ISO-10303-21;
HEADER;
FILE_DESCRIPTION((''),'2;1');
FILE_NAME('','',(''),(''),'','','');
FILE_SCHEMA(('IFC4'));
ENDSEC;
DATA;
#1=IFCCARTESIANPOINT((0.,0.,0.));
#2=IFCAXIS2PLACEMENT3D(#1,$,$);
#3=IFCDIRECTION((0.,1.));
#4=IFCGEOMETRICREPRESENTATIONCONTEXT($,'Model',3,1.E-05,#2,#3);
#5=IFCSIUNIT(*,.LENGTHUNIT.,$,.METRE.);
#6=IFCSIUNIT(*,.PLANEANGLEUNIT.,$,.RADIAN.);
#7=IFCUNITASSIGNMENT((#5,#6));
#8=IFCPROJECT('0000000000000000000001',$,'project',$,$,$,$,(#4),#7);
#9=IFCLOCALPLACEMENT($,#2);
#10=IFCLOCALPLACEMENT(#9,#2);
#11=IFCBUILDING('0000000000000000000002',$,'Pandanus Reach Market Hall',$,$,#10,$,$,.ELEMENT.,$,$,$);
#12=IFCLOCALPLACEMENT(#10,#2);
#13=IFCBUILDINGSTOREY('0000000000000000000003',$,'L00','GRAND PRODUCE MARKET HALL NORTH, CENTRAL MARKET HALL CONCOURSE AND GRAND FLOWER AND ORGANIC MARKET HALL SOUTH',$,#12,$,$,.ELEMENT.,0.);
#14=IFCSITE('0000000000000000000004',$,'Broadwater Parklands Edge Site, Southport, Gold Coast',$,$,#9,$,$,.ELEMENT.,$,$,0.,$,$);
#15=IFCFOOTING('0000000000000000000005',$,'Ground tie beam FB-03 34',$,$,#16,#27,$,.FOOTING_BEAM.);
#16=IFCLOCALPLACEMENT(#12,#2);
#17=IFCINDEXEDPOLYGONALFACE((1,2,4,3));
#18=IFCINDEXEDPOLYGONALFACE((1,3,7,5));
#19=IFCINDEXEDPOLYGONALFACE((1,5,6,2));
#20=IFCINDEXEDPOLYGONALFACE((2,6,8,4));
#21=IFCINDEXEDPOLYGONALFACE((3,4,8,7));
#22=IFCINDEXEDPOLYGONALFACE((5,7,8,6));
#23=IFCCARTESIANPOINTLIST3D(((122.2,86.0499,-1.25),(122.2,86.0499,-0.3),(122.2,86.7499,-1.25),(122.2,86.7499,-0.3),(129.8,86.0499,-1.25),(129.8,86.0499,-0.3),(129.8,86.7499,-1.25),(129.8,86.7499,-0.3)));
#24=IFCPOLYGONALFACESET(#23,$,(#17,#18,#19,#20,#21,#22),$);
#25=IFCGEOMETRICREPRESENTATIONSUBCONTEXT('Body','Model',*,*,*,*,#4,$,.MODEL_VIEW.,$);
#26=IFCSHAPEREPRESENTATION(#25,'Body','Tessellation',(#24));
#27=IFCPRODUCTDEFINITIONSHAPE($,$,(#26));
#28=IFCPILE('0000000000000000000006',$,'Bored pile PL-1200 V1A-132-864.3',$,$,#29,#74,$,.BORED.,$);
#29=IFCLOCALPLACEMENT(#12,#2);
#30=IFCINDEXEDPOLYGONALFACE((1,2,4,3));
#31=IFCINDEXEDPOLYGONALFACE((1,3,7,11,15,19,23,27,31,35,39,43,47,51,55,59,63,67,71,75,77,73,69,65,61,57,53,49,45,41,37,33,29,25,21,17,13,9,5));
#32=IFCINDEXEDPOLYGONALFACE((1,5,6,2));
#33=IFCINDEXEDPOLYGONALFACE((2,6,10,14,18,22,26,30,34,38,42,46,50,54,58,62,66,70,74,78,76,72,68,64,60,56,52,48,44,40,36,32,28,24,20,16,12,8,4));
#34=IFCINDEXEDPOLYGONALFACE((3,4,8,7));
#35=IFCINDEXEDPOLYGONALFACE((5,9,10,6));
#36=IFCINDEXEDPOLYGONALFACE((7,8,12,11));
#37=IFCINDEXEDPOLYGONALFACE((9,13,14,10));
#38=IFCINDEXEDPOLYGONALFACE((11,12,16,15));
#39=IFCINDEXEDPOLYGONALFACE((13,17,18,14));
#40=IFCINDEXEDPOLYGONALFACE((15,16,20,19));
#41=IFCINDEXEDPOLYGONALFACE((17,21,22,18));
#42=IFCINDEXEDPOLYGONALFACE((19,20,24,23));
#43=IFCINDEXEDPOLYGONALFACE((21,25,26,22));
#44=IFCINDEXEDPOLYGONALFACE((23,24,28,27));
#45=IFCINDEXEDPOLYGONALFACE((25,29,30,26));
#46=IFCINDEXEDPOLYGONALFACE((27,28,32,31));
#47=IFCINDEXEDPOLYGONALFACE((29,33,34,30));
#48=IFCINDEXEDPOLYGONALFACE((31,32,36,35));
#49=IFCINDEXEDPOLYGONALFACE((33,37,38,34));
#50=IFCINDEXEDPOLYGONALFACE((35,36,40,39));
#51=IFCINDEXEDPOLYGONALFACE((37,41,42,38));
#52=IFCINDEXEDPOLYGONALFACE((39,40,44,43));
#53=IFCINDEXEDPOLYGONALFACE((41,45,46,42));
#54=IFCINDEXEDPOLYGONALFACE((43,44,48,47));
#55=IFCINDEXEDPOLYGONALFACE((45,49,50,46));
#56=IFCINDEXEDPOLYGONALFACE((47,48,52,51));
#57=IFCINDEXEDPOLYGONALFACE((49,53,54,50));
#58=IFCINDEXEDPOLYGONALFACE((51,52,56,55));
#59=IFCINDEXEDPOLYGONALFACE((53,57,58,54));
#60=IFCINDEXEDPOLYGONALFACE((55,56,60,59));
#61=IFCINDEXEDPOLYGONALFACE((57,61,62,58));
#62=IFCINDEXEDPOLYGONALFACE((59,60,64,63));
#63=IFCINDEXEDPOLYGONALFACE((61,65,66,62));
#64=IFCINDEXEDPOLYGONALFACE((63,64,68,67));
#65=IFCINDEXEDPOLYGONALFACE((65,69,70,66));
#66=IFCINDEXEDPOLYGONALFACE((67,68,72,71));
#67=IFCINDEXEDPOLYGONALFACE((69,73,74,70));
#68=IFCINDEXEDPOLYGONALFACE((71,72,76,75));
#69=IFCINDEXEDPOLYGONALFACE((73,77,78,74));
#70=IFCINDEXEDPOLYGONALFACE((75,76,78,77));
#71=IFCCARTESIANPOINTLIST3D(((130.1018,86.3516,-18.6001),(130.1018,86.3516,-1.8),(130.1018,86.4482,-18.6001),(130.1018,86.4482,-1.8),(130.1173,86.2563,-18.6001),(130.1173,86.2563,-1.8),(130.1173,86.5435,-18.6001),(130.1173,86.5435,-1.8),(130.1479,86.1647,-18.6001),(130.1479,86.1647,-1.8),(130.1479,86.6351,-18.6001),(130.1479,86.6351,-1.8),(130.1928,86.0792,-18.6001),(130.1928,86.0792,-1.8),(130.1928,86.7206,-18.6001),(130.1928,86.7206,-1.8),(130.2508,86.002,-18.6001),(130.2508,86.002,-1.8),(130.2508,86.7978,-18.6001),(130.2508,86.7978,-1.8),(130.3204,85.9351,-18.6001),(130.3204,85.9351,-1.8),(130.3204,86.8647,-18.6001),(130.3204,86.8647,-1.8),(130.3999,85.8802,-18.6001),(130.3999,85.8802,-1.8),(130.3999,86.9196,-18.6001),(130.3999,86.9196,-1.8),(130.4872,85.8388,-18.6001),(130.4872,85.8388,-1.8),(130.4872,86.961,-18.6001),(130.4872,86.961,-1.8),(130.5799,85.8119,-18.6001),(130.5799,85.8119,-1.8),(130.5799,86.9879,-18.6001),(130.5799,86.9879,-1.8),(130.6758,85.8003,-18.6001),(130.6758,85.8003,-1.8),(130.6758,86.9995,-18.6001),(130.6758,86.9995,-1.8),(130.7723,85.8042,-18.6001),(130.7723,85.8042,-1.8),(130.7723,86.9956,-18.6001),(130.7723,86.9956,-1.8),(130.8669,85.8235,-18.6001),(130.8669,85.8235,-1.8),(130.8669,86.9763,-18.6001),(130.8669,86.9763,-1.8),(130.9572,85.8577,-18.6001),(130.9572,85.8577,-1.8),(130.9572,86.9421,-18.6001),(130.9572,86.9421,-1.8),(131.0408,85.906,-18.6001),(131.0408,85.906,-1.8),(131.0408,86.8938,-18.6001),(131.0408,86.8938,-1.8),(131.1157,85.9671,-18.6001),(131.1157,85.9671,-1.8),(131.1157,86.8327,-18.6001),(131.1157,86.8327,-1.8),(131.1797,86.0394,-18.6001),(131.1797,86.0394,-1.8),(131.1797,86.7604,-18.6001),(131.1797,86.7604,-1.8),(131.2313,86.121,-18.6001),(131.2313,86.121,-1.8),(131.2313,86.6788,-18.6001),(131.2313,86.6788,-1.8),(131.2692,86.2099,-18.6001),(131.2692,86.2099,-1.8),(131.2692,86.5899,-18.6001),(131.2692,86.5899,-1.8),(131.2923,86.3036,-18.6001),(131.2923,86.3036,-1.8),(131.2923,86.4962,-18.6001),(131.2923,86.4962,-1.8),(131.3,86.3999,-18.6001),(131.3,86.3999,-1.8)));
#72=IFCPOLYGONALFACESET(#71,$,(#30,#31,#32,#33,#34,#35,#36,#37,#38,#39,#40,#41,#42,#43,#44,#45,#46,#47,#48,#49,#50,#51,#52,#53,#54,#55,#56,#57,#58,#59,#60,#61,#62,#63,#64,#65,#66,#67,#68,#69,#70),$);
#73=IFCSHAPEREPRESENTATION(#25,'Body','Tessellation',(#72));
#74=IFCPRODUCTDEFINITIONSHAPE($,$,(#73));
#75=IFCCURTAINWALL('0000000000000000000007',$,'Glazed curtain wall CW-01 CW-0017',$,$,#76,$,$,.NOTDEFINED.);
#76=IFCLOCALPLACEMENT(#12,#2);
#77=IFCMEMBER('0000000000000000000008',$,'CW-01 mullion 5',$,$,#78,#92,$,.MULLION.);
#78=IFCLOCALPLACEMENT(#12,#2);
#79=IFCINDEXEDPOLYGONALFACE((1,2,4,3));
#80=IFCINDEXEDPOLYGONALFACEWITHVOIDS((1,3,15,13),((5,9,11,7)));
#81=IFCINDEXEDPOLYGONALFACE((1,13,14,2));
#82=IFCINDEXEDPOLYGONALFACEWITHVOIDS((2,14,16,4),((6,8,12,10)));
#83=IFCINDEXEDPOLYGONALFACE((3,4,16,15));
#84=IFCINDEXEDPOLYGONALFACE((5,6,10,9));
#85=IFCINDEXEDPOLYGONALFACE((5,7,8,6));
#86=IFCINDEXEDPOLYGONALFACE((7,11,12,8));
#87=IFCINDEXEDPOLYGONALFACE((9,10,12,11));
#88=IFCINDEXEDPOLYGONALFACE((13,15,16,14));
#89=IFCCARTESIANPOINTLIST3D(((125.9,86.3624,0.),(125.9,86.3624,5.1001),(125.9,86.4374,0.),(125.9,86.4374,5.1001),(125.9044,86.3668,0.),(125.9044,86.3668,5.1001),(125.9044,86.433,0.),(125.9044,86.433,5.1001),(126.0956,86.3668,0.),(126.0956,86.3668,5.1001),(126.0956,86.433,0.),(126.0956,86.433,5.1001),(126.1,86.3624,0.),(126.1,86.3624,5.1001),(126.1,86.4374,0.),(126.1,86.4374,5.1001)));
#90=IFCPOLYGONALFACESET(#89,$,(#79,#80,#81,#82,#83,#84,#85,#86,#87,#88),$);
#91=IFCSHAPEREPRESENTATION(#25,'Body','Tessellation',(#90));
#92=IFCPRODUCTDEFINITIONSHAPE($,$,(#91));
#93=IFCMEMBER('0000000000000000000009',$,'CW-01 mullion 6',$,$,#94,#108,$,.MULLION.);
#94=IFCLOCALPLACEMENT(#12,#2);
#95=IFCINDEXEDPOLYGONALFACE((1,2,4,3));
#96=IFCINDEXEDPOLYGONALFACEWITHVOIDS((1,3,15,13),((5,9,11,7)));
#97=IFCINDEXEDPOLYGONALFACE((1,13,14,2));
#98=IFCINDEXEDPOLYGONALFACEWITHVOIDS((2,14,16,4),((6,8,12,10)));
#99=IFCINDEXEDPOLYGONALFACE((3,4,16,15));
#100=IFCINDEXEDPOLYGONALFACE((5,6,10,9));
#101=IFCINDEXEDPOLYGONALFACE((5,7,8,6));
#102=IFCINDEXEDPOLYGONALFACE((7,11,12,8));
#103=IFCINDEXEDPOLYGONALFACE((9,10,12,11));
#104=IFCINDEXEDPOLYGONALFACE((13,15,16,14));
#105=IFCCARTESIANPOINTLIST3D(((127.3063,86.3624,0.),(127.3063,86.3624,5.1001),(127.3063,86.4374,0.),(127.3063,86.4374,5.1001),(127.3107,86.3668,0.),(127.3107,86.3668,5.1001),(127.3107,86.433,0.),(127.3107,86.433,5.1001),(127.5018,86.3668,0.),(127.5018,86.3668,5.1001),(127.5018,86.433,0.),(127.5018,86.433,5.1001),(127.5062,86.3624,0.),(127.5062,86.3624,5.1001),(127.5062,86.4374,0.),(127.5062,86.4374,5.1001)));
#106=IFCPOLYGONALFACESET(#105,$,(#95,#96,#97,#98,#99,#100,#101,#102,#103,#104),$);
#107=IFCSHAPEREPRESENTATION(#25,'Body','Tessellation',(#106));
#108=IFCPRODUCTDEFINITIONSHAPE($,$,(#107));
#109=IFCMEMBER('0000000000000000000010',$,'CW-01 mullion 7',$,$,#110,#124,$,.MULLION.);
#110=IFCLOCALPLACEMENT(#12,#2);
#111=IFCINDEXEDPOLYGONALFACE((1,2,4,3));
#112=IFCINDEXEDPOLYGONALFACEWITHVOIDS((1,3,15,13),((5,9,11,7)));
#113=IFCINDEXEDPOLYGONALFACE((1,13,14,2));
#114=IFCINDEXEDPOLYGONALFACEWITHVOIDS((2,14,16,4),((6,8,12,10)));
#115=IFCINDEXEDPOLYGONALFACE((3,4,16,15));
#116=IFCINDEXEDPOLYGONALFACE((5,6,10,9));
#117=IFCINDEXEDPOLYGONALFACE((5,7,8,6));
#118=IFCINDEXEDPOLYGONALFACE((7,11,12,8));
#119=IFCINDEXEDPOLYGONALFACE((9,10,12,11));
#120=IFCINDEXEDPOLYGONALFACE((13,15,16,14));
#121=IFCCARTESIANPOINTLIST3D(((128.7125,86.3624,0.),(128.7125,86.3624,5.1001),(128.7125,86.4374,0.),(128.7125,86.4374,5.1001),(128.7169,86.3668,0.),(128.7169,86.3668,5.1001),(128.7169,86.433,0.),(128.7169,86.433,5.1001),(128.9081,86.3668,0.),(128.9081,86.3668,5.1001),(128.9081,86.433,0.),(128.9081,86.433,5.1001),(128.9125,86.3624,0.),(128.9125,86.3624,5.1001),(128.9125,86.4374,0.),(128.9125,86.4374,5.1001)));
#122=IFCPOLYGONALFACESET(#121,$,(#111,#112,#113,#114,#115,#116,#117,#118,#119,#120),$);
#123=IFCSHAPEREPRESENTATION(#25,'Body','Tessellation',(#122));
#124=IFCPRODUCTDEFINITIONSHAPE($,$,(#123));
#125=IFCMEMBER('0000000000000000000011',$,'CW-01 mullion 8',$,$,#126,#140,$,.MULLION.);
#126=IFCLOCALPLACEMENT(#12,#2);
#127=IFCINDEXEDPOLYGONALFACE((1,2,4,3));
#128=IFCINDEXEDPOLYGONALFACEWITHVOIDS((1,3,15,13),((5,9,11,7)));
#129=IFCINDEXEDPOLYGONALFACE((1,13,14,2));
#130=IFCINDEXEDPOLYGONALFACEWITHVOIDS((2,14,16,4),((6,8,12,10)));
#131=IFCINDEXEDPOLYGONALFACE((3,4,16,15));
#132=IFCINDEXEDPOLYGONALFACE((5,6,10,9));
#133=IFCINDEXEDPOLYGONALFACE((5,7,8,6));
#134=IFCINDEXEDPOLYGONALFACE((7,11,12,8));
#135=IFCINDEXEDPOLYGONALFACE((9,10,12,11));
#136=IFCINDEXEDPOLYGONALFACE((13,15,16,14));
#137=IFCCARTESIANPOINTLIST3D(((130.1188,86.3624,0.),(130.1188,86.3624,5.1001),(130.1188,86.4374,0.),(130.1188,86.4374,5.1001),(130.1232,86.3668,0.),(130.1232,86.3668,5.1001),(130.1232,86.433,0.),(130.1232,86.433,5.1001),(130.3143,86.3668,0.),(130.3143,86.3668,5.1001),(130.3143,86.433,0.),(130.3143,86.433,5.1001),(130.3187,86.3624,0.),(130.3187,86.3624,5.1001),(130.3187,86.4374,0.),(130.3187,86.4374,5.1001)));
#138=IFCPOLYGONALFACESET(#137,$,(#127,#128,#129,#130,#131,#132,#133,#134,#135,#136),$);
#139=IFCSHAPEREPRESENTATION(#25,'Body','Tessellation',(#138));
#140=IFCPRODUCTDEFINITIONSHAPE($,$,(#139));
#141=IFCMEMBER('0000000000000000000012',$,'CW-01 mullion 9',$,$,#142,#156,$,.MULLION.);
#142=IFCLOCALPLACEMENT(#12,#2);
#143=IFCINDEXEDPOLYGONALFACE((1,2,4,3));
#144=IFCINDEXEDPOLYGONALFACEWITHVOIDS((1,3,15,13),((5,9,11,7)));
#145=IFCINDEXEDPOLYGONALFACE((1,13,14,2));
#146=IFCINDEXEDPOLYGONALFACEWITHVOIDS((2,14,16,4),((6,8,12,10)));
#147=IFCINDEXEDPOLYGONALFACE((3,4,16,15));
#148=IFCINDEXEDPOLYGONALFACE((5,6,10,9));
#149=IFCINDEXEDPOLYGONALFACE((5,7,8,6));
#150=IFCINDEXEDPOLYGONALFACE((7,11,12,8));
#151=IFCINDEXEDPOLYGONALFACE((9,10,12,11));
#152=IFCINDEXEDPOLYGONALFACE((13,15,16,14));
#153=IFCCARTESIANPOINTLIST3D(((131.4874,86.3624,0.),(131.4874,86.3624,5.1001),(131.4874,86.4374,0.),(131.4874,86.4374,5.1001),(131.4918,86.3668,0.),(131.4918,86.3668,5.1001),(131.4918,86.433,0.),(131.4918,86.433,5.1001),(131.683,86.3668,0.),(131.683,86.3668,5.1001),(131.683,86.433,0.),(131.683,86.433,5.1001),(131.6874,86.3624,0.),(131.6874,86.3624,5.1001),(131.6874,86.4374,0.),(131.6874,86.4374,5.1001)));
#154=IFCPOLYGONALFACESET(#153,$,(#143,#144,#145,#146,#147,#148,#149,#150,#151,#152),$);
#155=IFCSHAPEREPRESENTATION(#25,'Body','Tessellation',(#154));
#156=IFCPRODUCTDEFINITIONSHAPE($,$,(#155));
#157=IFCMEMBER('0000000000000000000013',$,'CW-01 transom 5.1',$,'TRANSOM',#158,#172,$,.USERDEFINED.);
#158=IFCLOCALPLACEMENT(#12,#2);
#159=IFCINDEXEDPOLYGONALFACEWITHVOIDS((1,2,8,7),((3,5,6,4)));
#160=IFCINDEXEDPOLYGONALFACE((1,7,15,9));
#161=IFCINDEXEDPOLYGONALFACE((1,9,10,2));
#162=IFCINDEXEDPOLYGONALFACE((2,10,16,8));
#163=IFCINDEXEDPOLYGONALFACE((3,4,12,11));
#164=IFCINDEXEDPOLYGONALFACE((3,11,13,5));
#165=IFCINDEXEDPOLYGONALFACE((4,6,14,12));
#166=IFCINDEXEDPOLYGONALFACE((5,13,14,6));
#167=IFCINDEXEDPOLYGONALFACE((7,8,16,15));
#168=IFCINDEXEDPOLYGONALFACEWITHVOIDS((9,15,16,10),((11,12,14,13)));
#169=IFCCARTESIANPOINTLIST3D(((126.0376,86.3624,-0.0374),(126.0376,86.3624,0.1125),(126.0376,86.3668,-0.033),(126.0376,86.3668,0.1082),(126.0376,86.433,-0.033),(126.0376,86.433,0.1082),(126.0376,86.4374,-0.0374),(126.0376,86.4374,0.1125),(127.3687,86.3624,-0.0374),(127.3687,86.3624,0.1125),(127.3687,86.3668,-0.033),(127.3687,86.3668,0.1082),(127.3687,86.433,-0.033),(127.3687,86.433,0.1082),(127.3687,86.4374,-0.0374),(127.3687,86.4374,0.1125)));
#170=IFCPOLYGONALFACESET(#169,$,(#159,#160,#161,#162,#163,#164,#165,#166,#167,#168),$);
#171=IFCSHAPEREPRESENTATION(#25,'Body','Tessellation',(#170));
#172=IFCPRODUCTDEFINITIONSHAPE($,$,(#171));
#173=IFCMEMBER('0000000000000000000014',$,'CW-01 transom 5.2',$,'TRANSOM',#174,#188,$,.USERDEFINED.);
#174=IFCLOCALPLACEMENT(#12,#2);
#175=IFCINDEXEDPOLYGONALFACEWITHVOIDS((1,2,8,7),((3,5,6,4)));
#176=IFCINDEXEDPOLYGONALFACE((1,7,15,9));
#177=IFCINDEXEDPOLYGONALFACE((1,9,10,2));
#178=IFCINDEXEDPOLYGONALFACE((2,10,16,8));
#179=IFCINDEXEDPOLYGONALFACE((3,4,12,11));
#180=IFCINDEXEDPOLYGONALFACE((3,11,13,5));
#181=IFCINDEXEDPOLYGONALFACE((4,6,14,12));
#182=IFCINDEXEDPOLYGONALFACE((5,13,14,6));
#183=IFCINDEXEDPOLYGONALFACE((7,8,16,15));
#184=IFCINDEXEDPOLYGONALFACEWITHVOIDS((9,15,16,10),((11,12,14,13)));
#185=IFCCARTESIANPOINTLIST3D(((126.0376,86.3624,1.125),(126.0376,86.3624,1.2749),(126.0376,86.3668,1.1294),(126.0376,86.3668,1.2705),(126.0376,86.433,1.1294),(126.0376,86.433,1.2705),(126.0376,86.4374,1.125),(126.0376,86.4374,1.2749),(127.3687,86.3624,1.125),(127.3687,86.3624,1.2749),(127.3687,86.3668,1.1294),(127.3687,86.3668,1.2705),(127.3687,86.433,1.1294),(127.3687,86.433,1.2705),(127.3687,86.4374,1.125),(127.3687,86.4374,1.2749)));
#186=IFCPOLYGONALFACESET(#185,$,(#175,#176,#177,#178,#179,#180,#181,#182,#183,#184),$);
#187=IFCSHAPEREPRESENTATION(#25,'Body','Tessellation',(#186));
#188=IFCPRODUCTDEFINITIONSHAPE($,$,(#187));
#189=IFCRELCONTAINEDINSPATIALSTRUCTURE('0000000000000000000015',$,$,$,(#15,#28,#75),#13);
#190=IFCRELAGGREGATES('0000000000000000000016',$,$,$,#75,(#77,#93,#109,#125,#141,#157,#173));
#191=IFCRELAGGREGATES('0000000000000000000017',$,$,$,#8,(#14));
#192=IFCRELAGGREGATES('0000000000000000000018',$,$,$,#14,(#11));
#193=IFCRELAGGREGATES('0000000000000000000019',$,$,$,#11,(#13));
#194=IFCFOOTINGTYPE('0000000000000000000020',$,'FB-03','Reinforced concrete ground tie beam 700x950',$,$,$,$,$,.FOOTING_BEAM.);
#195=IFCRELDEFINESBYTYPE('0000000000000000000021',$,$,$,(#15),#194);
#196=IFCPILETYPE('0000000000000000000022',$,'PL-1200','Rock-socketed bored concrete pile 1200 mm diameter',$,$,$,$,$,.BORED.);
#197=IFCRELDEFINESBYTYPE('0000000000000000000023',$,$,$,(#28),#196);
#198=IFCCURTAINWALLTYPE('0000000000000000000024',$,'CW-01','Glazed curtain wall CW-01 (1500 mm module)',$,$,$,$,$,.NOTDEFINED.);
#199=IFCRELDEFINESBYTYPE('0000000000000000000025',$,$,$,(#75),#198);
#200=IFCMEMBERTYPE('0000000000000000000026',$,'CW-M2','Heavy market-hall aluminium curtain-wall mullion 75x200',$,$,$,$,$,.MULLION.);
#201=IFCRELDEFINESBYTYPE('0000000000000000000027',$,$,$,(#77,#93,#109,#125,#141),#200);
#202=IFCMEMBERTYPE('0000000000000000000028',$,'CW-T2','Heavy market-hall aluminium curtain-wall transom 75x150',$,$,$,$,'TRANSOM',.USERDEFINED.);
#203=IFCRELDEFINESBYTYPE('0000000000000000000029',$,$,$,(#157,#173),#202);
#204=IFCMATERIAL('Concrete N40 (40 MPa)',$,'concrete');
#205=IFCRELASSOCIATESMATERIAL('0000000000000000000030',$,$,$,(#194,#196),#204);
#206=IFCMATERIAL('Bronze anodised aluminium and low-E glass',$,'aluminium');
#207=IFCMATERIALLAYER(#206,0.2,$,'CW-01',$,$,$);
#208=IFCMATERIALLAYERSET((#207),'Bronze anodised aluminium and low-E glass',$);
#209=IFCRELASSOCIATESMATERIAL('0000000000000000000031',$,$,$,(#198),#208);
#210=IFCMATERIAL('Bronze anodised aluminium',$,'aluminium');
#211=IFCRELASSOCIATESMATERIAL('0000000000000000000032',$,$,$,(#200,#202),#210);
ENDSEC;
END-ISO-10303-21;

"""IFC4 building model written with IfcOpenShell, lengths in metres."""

from ifc_helpers import new_model, si_unit, direction, frame, origin, origin_2d, place, context, subcontext, project, spatial, rectangle, hollow_rectangle, circle, extrude, material, layer, layer_set, material_profile, profile_set, type_object, element, aggregate, save


model = new_model("IFC4")

# Units and contexts
model_context = context("Model", 3, precision=1e-05, world=origin(), true_north=direction((0.0, 1.0)))
body_context = subcontext(model_context, "Body", "Model", "MODEL_VIEW")
ifc_project = project(units=[si_unit("LENGTHUNIT", "METRE"), si_unit("PLANEANGLEUNIT", "RADIAN")], contexts=[model_context])

# Site, building, storey
site_placement = place(None, origin())
site = spatial("IfcSite", under=ifc_project, at=site_placement, Name="Broadwater Parklands Edge Site, Southport, Gold Coast", CompositionType="ELEMENT", RefElevation=0.0)
building_placement = place(site_placement, origin())
building = spatial("IfcBuilding", under=site, at=building_placement, Name="Pandanus Reach Market Hall", CompositionType="ELEMENT")
storey_placement = place(building_placement, origin())
storey = spatial("IfcBuildingStorey", under=building, at=storey_placement, Name="L00", Description="GRAND PRODUCE MARKET HALL NORTH, CENTRAL MARKET HALL CONCOURSE AND GRAND FLOWER AND ORGANIC MARKET HALL SOUTH", CompositionType="ELEMENT", Elevation=0.0)

# Footing
ifc_material_1 = material(Name="Concrete N40 (40 MPa)", Category="concrete")
footing_type = type_object("IfcFootingType", Name="FB-03", Description="Reinforced concrete ground tie beam 700x950", PredefinedType="FOOTING_BEAM", material=ifc_material_1)
footing_placement = place(storey_placement, frame((126.0, 86.3999, -1.25), z_axis=(0.0, 0.0, 1.0), x_axis=(1.0, 0.0, 0.0)))
element("IfcFooting", 1, at=footing_placement, inside=storey, type_object=footing_type, Name="Ground tie beam FB-03 34", PredefinedType="FOOTING_BEAM", context=body_context, shape_type="SweptSolid", body=[
    extrude(rectangle(XDim=7.6001, YDim=0.7, at=origin_2d()), origin(), (0.0, 0.0, 1.0), 0.95),
])

# Pile
ifc_material_profile_1 = material_profile(ifc_material_1, circle(Radius=0.6001, at=origin_2d()), Name="PILE-1200D", Category="LoadBearing")
ifc_profile_set_1 = profile_set([ifc_material_profile_1], Name="Concrete N40 (40 MPa)")
pile_type = type_object("IfcPileType", Name="PL-1200", Description="Rock-socketed bored concrete pile 1200 mm diameter", PredefinedType="BORED", material=ifc_profile_set_1)
pile_placement = place(storey_placement, frame((130.7, 86.3999, -1.8), z_axis=(0.0, 0.0, -1.0), x_axis=(1.0, 0.0, 0.0)))
element("IfcPile", 2, at=pile_placement, inside=storey, type_object=pile_type, Name="Bored pile PL-1200 V1A-132-864.3", PredefinedType="BORED", context=body_context, shape_type="SweptSolid", body=[
    extrude(circle(Radius=0.6001, at=origin_2d()), origin(), (0.0, 0.0, 1.0), 16.8),
])

# Curtain wall, members
ifc_material_2 = material(Name="Bronze anodised aluminium and low-E glass", Category="aluminium")
ifc_layer_1 = layer(ifc_material_2, 0.2, Name="CW-01")
ifc_layer_set_1 = layer_set([ifc_layer_1], Name="Bronze anodised aluminium and low-E glass")
curtain_wall_type = type_object("IfcCurtainWallType", Name="CW-01", Description="Glazed curtain wall CW-01 (1500 mm module)", PredefinedType="NOTDEFINED", material=ifc_layer_set_1)
curtain_wall_placement = place(storey_placement, origin())
curtain_wall = element("IfcCurtainWall", 3, at=curtain_wall_placement, inside=storey, type_object=curtain_wall_type, Name="Glazed curtain wall CW-01 CW-0017", PredefinedType="NOTDEFINED")
ifc_material_3 = material(Name="Bronze anodised aluminium", Category="aluminium")
ifc_material_profile_2 = material_profile(ifc_material_3, hollow_rectangle(XDim=0.075, YDim=0.2, WallThickness=0.0044, at=origin_2d()), Name="ALU75x200", Category="LoadBearing")
ifc_profile_set_2 = profile_set([ifc_material_profile_2], Name="Bronze anodised aluminium")
member_type_1 = type_object("IfcMemberType", Name="CW-M2", Description="Heavy market-hall aluminium curtain-wall mullion 75x200", PredefinedType="MULLION", material=ifc_profile_set_2)
member_1_placement = place(storey_placement, frame((126.0, 86.3999, 0.0), z_axis=(0.0, 0.0, 1.0), x_axis=(0.0, 1.0, 0.0)))
member_1 = element("IfcMember", 4, at=member_1_placement, type_object=member_type_1, Name="CW-01 mullion 5", PredefinedType="MULLION", context=body_context, shape_type="SweptSolid", body=[
    extrude(hollow_rectangle(XDim=0.075, YDim=0.2, WallThickness=0.0044, at=origin_2d()), origin(), (0.0, 0.0, 1.0), 5.1001),
])
member_2_placement = place(storey_placement, frame((127.4062, 86.3999, 0.0), z_axis=(0.0, 0.0, 1.0), x_axis=(0.0, 1.0, 0.0)))
member_2 = element("IfcMember", 5, at=member_2_placement, type_object=member_type_1, Name="CW-01 mullion 6", PredefinedType="MULLION", context=body_context, shape_type="SweptSolid", body=[
    extrude(hollow_rectangle(XDim=0.075, YDim=0.2, WallThickness=0.0044, at=origin_2d()), origin(), (0.0, 0.0, 1.0), 5.1001),
])
member_3_placement = place(storey_placement, frame((128.8125, 86.3999, 0.0), z_axis=(0.0, 0.0, 1.0), x_axis=(0.0, 1.0, 0.0)))
member_3 = element("IfcMember", 6, at=member_3_placement, type_object=member_type_1, Name="CW-01 mullion 7", PredefinedType="MULLION", context=body_context, shape_type="SweptSolid", body=[
    extrude(hollow_rectangle(XDim=0.075, YDim=0.2, WallThickness=0.0044, at=origin_2d()), origin(), (0.0, 0.0, 1.0), 5.1001),
])
member_4_placement = place(storey_placement, frame((130.2188, 86.3999, 0.0), z_axis=(0.0, 0.0, 1.0), x_axis=(0.0, 1.0, 0.0)))
member_4 = element("IfcMember", 7, at=member_4_placement, type_object=member_type_1, Name="CW-01 mullion 8", PredefinedType="MULLION", context=body_context, shape_type="SweptSolid", body=[
    extrude(hollow_rectangle(XDim=0.075, YDim=0.2, WallThickness=0.0044, at=origin_2d()), origin(), (0.0, 0.0, 1.0), 5.1001),
])
member_5_placement = place(storey_placement, frame((131.5874, 86.3999, 0.0), z_axis=(0.0, 0.0, 1.0), x_axis=(0.0, 1.0, 0.0)))
member_5 = element("IfcMember", 8, at=member_5_placement, type_object=member_type_1, Name="CW-01 mullion 9", PredefinedType="MULLION", context=body_context, shape_type="SweptSolid", body=[
    extrude(hollow_rectangle(XDim=0.075, YDim=0.2, WallThickness=0.0044, at=origin_2d()), origin(), (0.0, 0.0, 1.0), 5.1001),
])
ifc_material_profile_3 = material_profile(ifc_material_3, hollow_rectangle(XDim=0.075, YDim=0.1499, WallThickness=0.0044, at=origin_2d()), Name="ALU75x150", Category="LoadBearing")
ifc_profile_set_3 = profile_set([ifc_material_profile_3], Name="Bronze anodised aluminium")
member_type_2 = type_object("IfcMemberType", Name="CW-T2", Description="Heavy market-hall aluminium curtain-wall transom 75x150", ElementType="TRANSOM", PredefinedType="USERDEFINED", material=ifc_profile_set_3)
member_6_placement = place(storey_placement, frame((126.0376, 86.3999, 0.0376), z_axis=(1.0, 0.0, 0.0), x_axis=(0.0, 1.0, 0.0)))
member_6 = element("IfcMember", 9, at=member_6_placement, type_object=member_type_2, Name="CW-01 transom 5.1", ObjectType="TRANSOM", PredefinedType="USERDEFINED", context=body_context, shape_type="SweptSolid", body=[
    extrude(hollow_rectangle(XDim=0.075, YDim=0.1499, WallThickness=0.0044, at=origin_2d()), origin(), (0.0, 0.0, 1.0), 1.3311),
])
member_7_placement = place(storey_placement, frame((126.0376, 86.3999, 1.2), z_axis=(1.0, 0.0, 0.0), x_axis=(0.0, 1.0, 0.0)))
member_7 = element("IfcMember", 10, at=member_7_placement, type_object=member_type_2, Name="CW-01 transom 5.2", ObjectType="TRANSOM", PredefinedType="USERDEFINED", context=body_context, shape_type="SweptSolid", body=[
    extrude(hollow_rectangle(XDim=0.075, YDim=0.1499, WallThickness=0.0044, at=origin_2d()), origin(), (0.0, 0.0, 1.0), 1.3311),
])
aggregate(curtain_wall, [member_1, member_2, member_3, member_4, member_5, member_6, member_7])

save(model, "model.ifc")
